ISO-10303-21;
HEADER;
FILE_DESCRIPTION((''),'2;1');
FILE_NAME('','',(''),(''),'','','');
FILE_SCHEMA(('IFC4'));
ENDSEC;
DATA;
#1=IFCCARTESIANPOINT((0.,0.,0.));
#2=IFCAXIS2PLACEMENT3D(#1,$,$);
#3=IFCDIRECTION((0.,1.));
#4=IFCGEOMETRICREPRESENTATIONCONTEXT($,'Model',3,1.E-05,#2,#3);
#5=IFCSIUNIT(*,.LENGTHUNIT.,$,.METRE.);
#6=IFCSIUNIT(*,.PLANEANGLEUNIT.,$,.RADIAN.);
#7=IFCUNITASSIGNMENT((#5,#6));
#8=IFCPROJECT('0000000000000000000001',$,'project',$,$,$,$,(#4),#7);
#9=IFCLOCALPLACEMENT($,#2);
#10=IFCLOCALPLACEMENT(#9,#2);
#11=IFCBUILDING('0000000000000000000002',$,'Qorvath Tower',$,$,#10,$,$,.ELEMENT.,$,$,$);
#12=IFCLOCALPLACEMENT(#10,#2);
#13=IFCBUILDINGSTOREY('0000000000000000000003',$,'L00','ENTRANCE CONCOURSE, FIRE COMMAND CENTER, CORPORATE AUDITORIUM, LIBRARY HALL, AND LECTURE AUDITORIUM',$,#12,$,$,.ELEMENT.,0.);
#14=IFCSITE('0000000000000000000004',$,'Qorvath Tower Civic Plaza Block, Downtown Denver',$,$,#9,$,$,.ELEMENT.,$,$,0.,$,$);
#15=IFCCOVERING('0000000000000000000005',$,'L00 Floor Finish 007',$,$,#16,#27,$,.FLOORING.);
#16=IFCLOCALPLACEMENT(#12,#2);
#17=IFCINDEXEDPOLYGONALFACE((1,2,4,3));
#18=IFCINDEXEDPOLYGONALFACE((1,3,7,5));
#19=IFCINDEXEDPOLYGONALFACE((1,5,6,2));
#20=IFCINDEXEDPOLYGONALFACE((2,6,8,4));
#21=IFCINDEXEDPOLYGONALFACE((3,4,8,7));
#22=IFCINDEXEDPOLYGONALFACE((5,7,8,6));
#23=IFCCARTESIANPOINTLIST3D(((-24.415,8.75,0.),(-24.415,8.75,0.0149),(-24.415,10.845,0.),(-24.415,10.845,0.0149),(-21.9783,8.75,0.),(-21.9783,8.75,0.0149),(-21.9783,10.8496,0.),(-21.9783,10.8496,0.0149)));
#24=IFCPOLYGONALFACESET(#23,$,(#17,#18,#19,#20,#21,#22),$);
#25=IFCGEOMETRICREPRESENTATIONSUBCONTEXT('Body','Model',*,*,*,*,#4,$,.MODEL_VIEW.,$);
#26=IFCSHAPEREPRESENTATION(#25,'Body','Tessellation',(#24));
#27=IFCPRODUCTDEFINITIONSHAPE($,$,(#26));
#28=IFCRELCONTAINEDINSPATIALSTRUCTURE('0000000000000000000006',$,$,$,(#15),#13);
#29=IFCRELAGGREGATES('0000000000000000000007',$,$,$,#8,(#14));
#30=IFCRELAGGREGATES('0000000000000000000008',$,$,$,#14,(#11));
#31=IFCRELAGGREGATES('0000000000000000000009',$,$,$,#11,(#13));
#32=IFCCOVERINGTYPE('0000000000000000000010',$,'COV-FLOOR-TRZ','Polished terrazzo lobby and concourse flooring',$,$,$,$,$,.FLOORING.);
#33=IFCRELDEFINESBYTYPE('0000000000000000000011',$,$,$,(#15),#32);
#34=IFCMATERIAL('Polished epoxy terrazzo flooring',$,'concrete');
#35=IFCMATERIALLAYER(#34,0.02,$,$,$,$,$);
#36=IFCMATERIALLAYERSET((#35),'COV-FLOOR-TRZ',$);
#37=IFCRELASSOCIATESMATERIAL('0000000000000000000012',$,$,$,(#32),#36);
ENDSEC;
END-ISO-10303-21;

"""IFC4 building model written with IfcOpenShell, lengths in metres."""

from ifc_helpers import new_model, si_unit, direction, origin, place, context, subcontext, project, spatial, polyline, outline, extrude, material, layer, layer_set, type_object, element, save


model = new_model("IFC4")

# Units and contexts
model_context = context("Model", 3, precision=1e-05, world=origin(), true_north=direction((0.0, 1.0)))
body_context = subcontext(model_context, "Body", "Model", "MODEL_VIEW")
ifc_project = project(units=[si_unit("LENGTHUNIT", "METRE"), si_unit("PLANEANGLEUNIT", "RADIAN")], contexts=[model_context])

# Site, building, storey
site_placement = place(None, origin())
site = spatial("IfcSite", under=ifc_project, at=site_placement, Name="Qorvath Tower Civic Plaza Block, Downtown Denver", CompositionType="ELEMENT", RefElevation=0.0)
building_placement = place(site_placement, origin())
building = spatial("IfcBuilding", under=site, at=building_placement, Name="Qorvath Tower", CompositionType="ELEMENT")
storey_placement = place(building_placement, origin())
storey = spatial("IfcBuildingStorey", under=building, at=storey_placement, Name="L00", Description="ENTRANCE CONCOURSE, FIRE COMMAND CENTER, CORPORATE AUDITORIUM, LIBRARY HALL, AND LECTURE AUDITORIUM", CompositionType="ELEMENT", Elevation=0.0)

# Covering
ifc_material_1 = material(Name="Polished epoxy terrazzo flooring", Category="concrete")
ifc_layer_1 = layer(ifc_material_1, 0.02)
ifc_layer_set_1 = layer_set([ifc_layer_1], Name="COV-FLOOR-TRZ")
covering_type_1 = type_object("IfcCoveringType", Name="COV-FLOOR-TRZ", Description="Polished terrazzo lobby and concourse flooring", PredefinedType="FLOORING", material=ifc_layer_set_1)
covering_1_placement = place(storey_placement, origin())
element("IfcCovering", 1, at=covering_1_placement, inside=storey, type_object=covering_type_1, Name="L00 Floor Finish 007", PredefinedType="FLOORING", context=body_context, shape_type="SweptSolid", body=[
    extrude(outline(polyline([(-24.415, 10.845), (-24.415, 8.75), (-21.9783, 8.75), (-21.9783, 10.8496), (-24.415, 10.845)])), origin(), (0.0, 0.0, 1.0), 0.0149),
])

save(model, "model.ifc")
